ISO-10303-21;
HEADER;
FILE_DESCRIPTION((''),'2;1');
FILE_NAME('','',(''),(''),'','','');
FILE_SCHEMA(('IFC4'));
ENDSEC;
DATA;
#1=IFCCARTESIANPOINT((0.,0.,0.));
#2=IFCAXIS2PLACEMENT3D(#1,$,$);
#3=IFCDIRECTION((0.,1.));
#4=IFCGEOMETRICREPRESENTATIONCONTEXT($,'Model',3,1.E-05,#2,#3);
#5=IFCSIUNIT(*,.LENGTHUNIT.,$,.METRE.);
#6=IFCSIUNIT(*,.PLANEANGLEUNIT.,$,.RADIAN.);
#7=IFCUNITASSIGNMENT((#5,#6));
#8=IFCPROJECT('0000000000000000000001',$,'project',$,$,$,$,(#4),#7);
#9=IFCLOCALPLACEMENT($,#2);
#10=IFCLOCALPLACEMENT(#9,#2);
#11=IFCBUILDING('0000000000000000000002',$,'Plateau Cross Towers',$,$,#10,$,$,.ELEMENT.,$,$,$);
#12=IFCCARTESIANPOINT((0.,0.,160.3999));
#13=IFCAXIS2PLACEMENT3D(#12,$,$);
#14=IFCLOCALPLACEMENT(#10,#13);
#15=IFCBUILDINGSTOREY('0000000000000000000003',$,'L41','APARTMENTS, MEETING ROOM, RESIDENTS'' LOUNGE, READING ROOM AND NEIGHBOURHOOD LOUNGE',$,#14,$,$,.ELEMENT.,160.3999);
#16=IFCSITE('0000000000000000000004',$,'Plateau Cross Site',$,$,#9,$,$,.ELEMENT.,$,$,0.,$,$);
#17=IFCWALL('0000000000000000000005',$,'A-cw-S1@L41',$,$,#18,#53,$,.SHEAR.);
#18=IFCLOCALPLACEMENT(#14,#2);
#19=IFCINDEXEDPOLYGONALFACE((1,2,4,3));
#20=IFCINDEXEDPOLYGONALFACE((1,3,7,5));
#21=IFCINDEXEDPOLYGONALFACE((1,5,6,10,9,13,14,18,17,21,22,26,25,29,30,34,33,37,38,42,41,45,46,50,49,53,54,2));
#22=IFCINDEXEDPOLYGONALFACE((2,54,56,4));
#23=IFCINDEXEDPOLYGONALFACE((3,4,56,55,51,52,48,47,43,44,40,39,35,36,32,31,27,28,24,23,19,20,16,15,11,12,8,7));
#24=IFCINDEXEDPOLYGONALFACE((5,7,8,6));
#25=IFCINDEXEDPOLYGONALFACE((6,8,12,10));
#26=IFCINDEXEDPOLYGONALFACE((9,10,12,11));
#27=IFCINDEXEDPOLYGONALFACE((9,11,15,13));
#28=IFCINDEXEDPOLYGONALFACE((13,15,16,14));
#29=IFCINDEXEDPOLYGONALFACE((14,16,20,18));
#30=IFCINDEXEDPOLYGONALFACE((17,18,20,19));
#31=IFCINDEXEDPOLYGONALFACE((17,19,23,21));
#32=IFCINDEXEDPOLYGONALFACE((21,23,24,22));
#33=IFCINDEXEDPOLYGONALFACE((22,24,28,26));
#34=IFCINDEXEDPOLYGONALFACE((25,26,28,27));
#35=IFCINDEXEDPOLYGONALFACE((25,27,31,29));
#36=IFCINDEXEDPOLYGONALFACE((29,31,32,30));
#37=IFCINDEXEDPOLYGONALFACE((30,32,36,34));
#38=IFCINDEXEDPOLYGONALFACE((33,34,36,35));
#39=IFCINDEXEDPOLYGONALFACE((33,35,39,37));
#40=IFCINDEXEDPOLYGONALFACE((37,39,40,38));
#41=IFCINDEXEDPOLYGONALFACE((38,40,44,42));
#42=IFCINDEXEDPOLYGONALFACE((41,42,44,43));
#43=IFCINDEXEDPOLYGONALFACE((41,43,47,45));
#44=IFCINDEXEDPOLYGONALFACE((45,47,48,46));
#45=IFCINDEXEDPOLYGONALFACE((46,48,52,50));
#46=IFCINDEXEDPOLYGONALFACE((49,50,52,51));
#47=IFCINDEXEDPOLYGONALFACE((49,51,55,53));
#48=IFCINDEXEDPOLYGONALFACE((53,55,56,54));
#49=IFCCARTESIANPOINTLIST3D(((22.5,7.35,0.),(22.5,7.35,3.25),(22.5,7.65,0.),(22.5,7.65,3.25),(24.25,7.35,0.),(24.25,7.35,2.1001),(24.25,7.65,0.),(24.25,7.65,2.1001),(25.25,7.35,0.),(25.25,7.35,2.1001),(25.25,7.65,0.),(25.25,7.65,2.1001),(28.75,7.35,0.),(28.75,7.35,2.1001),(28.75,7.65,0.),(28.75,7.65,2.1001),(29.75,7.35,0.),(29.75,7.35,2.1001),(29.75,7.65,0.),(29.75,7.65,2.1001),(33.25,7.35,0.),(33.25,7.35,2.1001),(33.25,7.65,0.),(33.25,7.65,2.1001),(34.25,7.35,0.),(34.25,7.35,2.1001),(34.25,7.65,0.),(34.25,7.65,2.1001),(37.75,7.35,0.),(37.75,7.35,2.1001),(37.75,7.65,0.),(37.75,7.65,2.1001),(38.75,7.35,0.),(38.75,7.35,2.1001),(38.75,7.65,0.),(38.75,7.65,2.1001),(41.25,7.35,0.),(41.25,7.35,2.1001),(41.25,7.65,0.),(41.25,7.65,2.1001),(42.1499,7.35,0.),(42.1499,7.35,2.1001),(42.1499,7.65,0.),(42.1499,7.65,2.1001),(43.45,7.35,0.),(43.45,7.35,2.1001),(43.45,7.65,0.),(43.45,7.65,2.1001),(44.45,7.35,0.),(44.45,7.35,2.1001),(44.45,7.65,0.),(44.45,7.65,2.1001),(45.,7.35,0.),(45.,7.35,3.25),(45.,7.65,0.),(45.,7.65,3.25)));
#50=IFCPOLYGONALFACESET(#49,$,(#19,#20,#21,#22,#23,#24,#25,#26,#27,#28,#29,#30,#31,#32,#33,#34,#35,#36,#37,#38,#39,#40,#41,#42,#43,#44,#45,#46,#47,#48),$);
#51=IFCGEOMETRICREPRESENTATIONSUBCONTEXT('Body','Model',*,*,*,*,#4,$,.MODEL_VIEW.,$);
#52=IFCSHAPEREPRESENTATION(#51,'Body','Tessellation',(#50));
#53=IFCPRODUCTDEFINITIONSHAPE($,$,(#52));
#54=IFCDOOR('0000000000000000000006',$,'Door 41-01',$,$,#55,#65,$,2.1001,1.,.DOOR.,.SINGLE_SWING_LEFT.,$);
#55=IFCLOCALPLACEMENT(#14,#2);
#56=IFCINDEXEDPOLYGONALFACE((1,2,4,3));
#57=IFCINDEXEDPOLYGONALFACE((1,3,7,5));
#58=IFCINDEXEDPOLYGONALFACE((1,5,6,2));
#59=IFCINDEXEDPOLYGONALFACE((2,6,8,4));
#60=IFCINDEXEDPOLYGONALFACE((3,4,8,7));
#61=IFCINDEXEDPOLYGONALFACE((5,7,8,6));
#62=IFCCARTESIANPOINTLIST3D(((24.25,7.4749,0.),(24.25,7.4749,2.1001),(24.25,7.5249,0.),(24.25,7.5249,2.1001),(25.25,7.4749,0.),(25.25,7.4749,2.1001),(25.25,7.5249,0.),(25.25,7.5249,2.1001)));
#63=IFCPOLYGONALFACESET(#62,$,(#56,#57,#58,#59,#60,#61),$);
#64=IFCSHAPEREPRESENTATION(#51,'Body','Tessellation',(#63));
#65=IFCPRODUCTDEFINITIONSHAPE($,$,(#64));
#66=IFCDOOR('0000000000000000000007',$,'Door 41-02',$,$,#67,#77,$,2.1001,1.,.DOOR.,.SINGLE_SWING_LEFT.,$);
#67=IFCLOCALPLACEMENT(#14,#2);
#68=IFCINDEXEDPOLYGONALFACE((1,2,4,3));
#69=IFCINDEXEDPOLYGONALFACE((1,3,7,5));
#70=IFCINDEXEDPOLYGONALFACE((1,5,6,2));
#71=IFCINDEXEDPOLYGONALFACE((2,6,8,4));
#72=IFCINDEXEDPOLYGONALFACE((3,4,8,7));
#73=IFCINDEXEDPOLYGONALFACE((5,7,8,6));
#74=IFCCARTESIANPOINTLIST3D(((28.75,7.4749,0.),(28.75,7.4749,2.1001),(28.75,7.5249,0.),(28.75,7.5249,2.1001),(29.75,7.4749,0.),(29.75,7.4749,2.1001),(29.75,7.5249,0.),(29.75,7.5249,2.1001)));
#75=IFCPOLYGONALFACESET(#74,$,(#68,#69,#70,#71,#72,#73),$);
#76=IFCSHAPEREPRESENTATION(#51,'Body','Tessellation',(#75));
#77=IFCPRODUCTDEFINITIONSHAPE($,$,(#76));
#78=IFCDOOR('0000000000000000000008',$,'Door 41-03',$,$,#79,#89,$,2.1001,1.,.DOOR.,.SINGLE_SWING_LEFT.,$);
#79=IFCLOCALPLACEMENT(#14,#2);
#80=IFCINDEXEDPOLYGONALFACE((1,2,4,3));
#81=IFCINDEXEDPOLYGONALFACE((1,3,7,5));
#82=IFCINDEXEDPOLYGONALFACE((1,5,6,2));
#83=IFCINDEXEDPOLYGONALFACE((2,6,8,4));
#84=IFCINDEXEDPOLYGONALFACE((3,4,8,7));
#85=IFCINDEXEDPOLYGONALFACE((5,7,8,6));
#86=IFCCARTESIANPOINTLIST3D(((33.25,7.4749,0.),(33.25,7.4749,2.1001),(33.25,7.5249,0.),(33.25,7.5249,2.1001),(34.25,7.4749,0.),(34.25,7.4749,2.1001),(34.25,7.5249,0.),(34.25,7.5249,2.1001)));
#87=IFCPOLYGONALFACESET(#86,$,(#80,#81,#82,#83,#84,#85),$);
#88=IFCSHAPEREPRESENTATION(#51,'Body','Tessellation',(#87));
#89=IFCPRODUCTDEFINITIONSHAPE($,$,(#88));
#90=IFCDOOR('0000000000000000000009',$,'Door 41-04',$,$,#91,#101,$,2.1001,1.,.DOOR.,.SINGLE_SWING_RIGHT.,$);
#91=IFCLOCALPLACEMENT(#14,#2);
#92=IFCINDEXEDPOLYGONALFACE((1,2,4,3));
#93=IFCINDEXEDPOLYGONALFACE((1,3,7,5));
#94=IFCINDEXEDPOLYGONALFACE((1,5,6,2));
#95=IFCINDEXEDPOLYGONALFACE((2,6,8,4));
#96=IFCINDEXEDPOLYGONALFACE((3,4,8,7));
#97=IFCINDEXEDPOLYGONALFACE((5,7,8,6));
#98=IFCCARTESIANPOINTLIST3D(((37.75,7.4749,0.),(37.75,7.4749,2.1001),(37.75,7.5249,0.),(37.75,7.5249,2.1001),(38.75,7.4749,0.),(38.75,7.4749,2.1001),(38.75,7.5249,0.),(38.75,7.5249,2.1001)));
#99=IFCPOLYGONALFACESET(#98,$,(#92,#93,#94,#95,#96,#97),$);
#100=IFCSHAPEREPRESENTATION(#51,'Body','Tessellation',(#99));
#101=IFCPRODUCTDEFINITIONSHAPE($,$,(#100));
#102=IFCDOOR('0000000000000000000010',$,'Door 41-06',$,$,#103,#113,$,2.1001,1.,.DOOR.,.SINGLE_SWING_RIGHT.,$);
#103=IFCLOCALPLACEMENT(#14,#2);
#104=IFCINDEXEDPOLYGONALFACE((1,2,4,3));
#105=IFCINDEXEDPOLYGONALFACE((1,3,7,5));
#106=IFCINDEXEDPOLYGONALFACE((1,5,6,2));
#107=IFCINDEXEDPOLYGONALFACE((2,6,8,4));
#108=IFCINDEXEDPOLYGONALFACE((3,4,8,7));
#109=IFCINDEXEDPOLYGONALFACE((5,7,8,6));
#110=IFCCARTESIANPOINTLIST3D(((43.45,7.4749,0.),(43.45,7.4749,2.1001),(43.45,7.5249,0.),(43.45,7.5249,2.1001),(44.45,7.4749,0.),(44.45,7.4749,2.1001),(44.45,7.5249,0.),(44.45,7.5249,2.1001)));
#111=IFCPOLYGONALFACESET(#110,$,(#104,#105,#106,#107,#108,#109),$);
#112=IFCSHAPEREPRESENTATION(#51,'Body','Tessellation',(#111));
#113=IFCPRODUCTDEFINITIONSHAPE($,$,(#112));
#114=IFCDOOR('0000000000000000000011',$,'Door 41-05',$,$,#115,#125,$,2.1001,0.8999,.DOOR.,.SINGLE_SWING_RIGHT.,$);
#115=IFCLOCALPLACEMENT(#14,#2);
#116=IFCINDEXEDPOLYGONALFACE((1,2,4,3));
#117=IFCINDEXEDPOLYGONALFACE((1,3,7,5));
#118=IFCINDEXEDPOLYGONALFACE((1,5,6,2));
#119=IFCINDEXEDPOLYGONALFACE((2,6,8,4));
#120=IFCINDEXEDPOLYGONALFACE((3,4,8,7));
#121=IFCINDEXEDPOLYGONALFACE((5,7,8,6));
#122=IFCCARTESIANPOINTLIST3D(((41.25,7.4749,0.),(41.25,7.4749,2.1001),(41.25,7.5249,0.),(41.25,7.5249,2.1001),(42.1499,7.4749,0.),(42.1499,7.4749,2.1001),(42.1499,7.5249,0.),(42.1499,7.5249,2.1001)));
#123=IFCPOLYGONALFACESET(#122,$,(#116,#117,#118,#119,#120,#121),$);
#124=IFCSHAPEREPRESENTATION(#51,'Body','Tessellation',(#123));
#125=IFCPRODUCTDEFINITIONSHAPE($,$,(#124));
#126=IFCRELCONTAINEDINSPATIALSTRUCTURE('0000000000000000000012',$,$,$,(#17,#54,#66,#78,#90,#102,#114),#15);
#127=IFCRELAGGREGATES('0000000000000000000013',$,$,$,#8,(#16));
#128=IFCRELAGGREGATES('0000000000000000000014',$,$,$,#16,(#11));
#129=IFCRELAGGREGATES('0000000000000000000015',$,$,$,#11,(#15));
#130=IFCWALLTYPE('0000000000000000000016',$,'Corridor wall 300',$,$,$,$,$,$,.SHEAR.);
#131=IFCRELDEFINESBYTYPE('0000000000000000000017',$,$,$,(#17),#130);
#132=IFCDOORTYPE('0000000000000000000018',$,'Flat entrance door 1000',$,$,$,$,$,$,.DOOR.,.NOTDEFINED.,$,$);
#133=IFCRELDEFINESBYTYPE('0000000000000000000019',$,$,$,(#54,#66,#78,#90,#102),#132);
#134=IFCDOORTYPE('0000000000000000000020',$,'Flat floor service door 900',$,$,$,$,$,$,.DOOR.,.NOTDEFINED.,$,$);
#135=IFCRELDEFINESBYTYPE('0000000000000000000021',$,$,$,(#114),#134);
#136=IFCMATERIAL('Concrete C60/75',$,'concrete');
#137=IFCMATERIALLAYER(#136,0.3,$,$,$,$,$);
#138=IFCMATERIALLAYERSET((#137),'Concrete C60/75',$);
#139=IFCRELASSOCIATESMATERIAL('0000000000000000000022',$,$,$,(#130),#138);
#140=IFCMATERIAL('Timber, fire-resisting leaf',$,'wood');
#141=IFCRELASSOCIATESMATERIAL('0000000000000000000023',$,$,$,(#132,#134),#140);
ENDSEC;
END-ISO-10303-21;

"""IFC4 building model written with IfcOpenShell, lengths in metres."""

from ifc_helpers import new_model, si_unit, direction, frame, frame_2d, origin, place, context, subcontext, project, spatial, rectangle, extrude, material, layer, layer_set, type_object, element, fill, save


model = new_model("IFC4")

# Units and contexts
model_context = context("Model", 3, precision=1e-05, world=origin(), true_north=direction((0.0, 1.0)))
body_context = subcontext(model_context, "Body", "Model", "MODEL_VIEW")
ifc_project = project(units=[si_unit("LENGTHUNIT", "METRE"), si_unit("PLANEANGLEUNIT", "RADIAN")], contexts=[model_context])

# Site, building, storey
site_placement = place(None, origin())
site = spatial("IfcSite", under=ifc_project, at=site_placement, Name="Plateau Cross Site", CompositionType="ELEMENT", RefElevation=0.0)
building_placement = place(site_placement, origin())
building = spatial("IfcBuilding", under=site, at=building_placement, Name="Plateau Cross Towers", CompositionType="ELEMENT")
storey_placement = place(building_placement, frame((0.0, 0.0, 160.3999)))
storey = spatial("IfcBuildingStorey", under=building, at=storey_placement, Name="L41", Description="APARTMENTS, MEETING ROOM, RESIDENTS' LOUNGE, READING ROOM AND NEIGHBOURHOOD LOUNGE", CompositionType="ELEMENT", Elevation=160.3999)

# Shared definitions
ifc_material_1 = material(Name="Concrete C60/75", Category="concrete")

# Wall, openings, doors
ifc_layer_1 = layer(ifc_material_1, 0.3)
ifc_layer_set_1 = layer_set([ifc_layer_1], Name="Concrete C60/75")
wall_type_1 = type_object("IfcWallType", Name="Corridor wall 300", PredefinedType="SHEAR", material=ifc_layer_set_1)
wall_1_placement = place(storey_placement, frame((22.5, 7.5, 0.0), z_axis=(0.0, 0.0, 1.0), x_axis=(1.0, 0.0, 0.0)))
wall_1 = element("IfcWall", 1, at=wall_1_placement, inside=storey, type_object=wall_type_1, Name="A-cw-S1@L41", PredefinedType="SHEAR", context=body_context, shape_type="SweptSolid", body=[
    extrude(rectangle(XDim=22.5, YDim=0.3, at=frame_2d((11.25, 0.0))), origin(), (0.0, 0.0, 1.0), 3.25),
])
opening_1_placement = place(wall_1_placement, frame((1.75, 0.0, 0.0)))
opening_1 = element("IfcOpeningElement", 2, at=opening_1_placement, cuts=wall_1, PredefinedType="OPENING", context=body_context, shape_type="SweptSolid", body=[
    extrude(rectangle(XDim=1.0, YDim=2.1001, at=frame_2d((0.5, 1.05))), frame((0.0, 0.1599, 0.0), z_axis=(0.0, -1.0, 0.0), x_axis=(1.0, 0.0, 0.0)), (0.0, 0.0, 1.0), 0.3201),
])
opening_2_placement = place(wall_1_placement, frame((6.25, 0.0, 0.0)))
opening_2 = element("IfcOpeningElement", 3, at=opening_2_placement, cuts=wall_1, PredefinedType="OPENING", context=body_context, shape_type="SweptSolid", body=[
    extrude(rectangle(XDim=1.0, YDim=2.1001, at=frame_2d((0.5, 1.05))), frame((0.0, 0.1599, 0.0), z_axis=(0.0, -1.0, 0.0), x_axis=(1.0, 0.0, 0.0)), (0.0, 0.0, 1.0), 0.3201),
])
opening_3_placement = place(wall_1_placement, frame((10.75, 0.0, 0.0)))
opening_3 = element("IfcOpeningElement", 4, at=opening_3_placement, cuts=wall_1, PredefinedType="OPENING", context=body_context, shape_type="SweptSolid", body=[
    extrude(rectangle(XDim=1.0, YDim=2.1001, at=frame_2d((0.5, 1.05))), frame((0.0, 0.1599, 0.0), z_axis=(0.0, -1.0, 0.0), x_axis=(1.0, 0.0, 0.0)), (0.0, 0.0, 1.0), 0.3201),
])
opening_4_placement = place(wall_1_placement, frame((15.25, 0.0, 0.0)))
opening_4 = element("IfcOpeningElement", 5, at=opening_4_placement, cuts=wall_1, PredefinedType="OPENING", context=body_context, shape_type="SweptSolid", body=[
    extrude(rectangle(XDim=1.0, YDim=2.1001, at=frame_2d((0.5, 1.05))), frame((0.0, 0.1599, 0.0), z_axis=(0.0, -1.0, 0.0), x_axis=(1.0, 0.0, 0.0)), (0.0, 0.0, 1.0), 0.3201),
])
opening_5_placement = place(wall_1_placement, frame((18.75, 0.0, 0.0)))
opening_5 = element("IfcOpeningElement", 6, at=opening_5_placement, cuts=wall_1, PredefinedType="OPENING", context=body_context, shape_type="SweptSolid", body=[
    extrude(rectangle(XDim=0.8999, YDim=2.1001, at=frame_2d((0.45, 1.05))), frame((0.0, 0.1599, 0.0), z_axis=(0.0, -1.0, 0.0), x_axis=(1.0, 0.0, 0.0)), (0.0, 0.0, 1.0), 0.3201),
])
opening_6_placement = place(wall_1_placement, frame((20.95, 0.0, 0.0)))
opening_6 = element("IfcOpeningElement", 7, at=opening_6_placement, cuts=wall_1, PredefinedType="OPENING", context=body_context, shape_type="SweptSolid", body=[
    extrude(rectangle(XDim=1.0, YDim=2.1001, at=frame_2d((0.5, 1.05))), frame((0.0, 0.1599, 0.0), z_axis=(0.0, -1.0, 0.0), x_axis=(1.0, 0.0, 0.0)), (0.0, 0.0, 1.0), 0.3201),
])
ifc_material_2 = material(Name="Timber, fire-resisting leaf", Category="wood")
door_type_1 = type_object("IfcDoorType", Name="Flat entrance door 1000", OperationType="NOTDEFINED", PredefinedType="DOOR", material=ifc_material_2)
door_1_placement = place(opening_1_placement, origin())
door_1 = element("IfcDoor", 8, at=door_1_placement, inside=storey, type_object=door_type_1, Name="Door 41-01", OperationType="SINGLE_SWING_LEFT", OverallHeight=2.1001, OverallWidth=1.0, PredefinedType="DOOR", context=body_context, shape_type="SweptSolid", body=[
    extrude(rectangle(XDim=1.0, YDim=2.1001, at=frame_2d((0.5, 1.05))), frame((0.0, 0.0249, 0.0), z_axis=(0.0, -1.0, 0.0), x_axis=(1.0, 0.0, 0.0)), (0.0, 0.0, 1.0), 0.05),
])
fill(opening_1, door_1)
door_2_placement = place(opening_2_placement, origin())
door_2 = element("IfcDoor", 9, at=door_2_placement, inside=storey, type_object=door_type_1, Name="Door 41-02", OperationType="SINGLE_SWING_LEFT", OverallHeight=2.1001, OverallWidth=1.0, PredefinedType="DOOR", context=body_context, shape_type="SweptSolid", body=[
    extrude(rectangle(XDim=1.0, YDim=2.1001, at=frame_2d((0.5, 1.05))), frame((0.0, 0.0249, 0.0), z_axis=(0.0, -1.0, 0.0), x_axis=(1.0, 0.0, 0.0)), (0.0, 0.0, 1.0), 0.05),
])
fill(opening_2, door_2)
door_3_placement = place(opening_3_placement, origin())
door_3 = element("IfcDoor", 10, at=door_3_placement, inside=storey, type_object=door_type_1, Name="Door 41-03", OperationType="SINGLE_SWING_LEFT", OverallHeight=2.1001, OverallWidth=1.0, PredefinedType="DOOR", context=body_context, shape_type="SweptSolid", body=[
    extrude(rectangle(XDim=1.0, YDim=2.1001, at=frame_2d((0.5, 1.05))), frame((0.0, 0.0249, 0.0), z_axis=(0.0, -1.0, 0.0), x_axis=(1.0, 0.0, 0.0)), (0.0, 0.0, 1.0), 0.05),
])
fill(opening_3, door_3)
door_4_placement = place(opening_4_placement, origin())
door_4 = element("IfcDoor", 11, at=door_4_placement, inside=storey, type_object=door_type_1, Name="Door 41-04", OperationType="SINGLE_SWING_RIGHT", OverallHeight=2.1001, OverallWidth=1.0, PredefinedType="DOOR", context=body_context, shape_type="SweptSolid", body=[
    extrude(rectangle(XDim=1.0, YDim=2.1001, at=frame_2d((0.5, 1.05))), frame((0.0, 0.0249, 0.0), z_axis=(0.0, -1.0, 0.0), x_axis=(1.0, 0.0, 0.0)), (0.0, 0.0, 1.0), 0.05),
])
fill(opening_4, door_4)
door_5_placement = place(opening_6_placement, origin())
door_5 = element("IfcDoor", 12, at=door_5_placement, inside=storey, type_object=door_type_1, Name="Door 41-06", OperationType="SINGLE_SWING_RIGHT", OverallHeight=2.1001, OverallWidth=1.0, PredefinedType="DOOR", context=body_context, shape_type="SweptSolid", body=[
    extrude(rectangle(XDim=1.0, YDim=2.1001, at=frame_2d((0.5, 1.05))), frame((0.0, 0.0249, 0.0), z_axis=(0.0, -1.0, 0.0), x_axis=(1.0, 0.0, 0.0)), (0.0, 0.0, 1.0), 0.05),
])
fill(opening_6, door_5)
door_type_2 = type_object("IfcDoorType", Name="Flat floor service door 900", OperationType="NOTDEFINED", PredefinedType="DOOR", material=ifc_material_2)
door_6_placement = place(opening_5_placement, origin())
door_6 = element("IfcDoor", 13, at=door_6_placement, inside=storey, type_object=door_type_2, Name="Door 41-05", OperationType="SINGLE_SWING_RIGHT", OverallHeight=2.1001, OverallWidth=0.8999, PredefinedType="DOOR", context=body_context, shape_type="SweptSolid", body=[
    extrude(rectangle(XDim=0.8999, YDim=2.1001, at=frame_2d((0.45, 1.05))), frame((0.0, 0.0249, 0.0), z_axis=(0.0, -1.0, 0.0), x_axis=(1.0, 0.0, 0.0)), (0.0, 0.0, 1.0), 0.05),
])
fill(opening_5, door_6)

save(model, "model.ifc")
